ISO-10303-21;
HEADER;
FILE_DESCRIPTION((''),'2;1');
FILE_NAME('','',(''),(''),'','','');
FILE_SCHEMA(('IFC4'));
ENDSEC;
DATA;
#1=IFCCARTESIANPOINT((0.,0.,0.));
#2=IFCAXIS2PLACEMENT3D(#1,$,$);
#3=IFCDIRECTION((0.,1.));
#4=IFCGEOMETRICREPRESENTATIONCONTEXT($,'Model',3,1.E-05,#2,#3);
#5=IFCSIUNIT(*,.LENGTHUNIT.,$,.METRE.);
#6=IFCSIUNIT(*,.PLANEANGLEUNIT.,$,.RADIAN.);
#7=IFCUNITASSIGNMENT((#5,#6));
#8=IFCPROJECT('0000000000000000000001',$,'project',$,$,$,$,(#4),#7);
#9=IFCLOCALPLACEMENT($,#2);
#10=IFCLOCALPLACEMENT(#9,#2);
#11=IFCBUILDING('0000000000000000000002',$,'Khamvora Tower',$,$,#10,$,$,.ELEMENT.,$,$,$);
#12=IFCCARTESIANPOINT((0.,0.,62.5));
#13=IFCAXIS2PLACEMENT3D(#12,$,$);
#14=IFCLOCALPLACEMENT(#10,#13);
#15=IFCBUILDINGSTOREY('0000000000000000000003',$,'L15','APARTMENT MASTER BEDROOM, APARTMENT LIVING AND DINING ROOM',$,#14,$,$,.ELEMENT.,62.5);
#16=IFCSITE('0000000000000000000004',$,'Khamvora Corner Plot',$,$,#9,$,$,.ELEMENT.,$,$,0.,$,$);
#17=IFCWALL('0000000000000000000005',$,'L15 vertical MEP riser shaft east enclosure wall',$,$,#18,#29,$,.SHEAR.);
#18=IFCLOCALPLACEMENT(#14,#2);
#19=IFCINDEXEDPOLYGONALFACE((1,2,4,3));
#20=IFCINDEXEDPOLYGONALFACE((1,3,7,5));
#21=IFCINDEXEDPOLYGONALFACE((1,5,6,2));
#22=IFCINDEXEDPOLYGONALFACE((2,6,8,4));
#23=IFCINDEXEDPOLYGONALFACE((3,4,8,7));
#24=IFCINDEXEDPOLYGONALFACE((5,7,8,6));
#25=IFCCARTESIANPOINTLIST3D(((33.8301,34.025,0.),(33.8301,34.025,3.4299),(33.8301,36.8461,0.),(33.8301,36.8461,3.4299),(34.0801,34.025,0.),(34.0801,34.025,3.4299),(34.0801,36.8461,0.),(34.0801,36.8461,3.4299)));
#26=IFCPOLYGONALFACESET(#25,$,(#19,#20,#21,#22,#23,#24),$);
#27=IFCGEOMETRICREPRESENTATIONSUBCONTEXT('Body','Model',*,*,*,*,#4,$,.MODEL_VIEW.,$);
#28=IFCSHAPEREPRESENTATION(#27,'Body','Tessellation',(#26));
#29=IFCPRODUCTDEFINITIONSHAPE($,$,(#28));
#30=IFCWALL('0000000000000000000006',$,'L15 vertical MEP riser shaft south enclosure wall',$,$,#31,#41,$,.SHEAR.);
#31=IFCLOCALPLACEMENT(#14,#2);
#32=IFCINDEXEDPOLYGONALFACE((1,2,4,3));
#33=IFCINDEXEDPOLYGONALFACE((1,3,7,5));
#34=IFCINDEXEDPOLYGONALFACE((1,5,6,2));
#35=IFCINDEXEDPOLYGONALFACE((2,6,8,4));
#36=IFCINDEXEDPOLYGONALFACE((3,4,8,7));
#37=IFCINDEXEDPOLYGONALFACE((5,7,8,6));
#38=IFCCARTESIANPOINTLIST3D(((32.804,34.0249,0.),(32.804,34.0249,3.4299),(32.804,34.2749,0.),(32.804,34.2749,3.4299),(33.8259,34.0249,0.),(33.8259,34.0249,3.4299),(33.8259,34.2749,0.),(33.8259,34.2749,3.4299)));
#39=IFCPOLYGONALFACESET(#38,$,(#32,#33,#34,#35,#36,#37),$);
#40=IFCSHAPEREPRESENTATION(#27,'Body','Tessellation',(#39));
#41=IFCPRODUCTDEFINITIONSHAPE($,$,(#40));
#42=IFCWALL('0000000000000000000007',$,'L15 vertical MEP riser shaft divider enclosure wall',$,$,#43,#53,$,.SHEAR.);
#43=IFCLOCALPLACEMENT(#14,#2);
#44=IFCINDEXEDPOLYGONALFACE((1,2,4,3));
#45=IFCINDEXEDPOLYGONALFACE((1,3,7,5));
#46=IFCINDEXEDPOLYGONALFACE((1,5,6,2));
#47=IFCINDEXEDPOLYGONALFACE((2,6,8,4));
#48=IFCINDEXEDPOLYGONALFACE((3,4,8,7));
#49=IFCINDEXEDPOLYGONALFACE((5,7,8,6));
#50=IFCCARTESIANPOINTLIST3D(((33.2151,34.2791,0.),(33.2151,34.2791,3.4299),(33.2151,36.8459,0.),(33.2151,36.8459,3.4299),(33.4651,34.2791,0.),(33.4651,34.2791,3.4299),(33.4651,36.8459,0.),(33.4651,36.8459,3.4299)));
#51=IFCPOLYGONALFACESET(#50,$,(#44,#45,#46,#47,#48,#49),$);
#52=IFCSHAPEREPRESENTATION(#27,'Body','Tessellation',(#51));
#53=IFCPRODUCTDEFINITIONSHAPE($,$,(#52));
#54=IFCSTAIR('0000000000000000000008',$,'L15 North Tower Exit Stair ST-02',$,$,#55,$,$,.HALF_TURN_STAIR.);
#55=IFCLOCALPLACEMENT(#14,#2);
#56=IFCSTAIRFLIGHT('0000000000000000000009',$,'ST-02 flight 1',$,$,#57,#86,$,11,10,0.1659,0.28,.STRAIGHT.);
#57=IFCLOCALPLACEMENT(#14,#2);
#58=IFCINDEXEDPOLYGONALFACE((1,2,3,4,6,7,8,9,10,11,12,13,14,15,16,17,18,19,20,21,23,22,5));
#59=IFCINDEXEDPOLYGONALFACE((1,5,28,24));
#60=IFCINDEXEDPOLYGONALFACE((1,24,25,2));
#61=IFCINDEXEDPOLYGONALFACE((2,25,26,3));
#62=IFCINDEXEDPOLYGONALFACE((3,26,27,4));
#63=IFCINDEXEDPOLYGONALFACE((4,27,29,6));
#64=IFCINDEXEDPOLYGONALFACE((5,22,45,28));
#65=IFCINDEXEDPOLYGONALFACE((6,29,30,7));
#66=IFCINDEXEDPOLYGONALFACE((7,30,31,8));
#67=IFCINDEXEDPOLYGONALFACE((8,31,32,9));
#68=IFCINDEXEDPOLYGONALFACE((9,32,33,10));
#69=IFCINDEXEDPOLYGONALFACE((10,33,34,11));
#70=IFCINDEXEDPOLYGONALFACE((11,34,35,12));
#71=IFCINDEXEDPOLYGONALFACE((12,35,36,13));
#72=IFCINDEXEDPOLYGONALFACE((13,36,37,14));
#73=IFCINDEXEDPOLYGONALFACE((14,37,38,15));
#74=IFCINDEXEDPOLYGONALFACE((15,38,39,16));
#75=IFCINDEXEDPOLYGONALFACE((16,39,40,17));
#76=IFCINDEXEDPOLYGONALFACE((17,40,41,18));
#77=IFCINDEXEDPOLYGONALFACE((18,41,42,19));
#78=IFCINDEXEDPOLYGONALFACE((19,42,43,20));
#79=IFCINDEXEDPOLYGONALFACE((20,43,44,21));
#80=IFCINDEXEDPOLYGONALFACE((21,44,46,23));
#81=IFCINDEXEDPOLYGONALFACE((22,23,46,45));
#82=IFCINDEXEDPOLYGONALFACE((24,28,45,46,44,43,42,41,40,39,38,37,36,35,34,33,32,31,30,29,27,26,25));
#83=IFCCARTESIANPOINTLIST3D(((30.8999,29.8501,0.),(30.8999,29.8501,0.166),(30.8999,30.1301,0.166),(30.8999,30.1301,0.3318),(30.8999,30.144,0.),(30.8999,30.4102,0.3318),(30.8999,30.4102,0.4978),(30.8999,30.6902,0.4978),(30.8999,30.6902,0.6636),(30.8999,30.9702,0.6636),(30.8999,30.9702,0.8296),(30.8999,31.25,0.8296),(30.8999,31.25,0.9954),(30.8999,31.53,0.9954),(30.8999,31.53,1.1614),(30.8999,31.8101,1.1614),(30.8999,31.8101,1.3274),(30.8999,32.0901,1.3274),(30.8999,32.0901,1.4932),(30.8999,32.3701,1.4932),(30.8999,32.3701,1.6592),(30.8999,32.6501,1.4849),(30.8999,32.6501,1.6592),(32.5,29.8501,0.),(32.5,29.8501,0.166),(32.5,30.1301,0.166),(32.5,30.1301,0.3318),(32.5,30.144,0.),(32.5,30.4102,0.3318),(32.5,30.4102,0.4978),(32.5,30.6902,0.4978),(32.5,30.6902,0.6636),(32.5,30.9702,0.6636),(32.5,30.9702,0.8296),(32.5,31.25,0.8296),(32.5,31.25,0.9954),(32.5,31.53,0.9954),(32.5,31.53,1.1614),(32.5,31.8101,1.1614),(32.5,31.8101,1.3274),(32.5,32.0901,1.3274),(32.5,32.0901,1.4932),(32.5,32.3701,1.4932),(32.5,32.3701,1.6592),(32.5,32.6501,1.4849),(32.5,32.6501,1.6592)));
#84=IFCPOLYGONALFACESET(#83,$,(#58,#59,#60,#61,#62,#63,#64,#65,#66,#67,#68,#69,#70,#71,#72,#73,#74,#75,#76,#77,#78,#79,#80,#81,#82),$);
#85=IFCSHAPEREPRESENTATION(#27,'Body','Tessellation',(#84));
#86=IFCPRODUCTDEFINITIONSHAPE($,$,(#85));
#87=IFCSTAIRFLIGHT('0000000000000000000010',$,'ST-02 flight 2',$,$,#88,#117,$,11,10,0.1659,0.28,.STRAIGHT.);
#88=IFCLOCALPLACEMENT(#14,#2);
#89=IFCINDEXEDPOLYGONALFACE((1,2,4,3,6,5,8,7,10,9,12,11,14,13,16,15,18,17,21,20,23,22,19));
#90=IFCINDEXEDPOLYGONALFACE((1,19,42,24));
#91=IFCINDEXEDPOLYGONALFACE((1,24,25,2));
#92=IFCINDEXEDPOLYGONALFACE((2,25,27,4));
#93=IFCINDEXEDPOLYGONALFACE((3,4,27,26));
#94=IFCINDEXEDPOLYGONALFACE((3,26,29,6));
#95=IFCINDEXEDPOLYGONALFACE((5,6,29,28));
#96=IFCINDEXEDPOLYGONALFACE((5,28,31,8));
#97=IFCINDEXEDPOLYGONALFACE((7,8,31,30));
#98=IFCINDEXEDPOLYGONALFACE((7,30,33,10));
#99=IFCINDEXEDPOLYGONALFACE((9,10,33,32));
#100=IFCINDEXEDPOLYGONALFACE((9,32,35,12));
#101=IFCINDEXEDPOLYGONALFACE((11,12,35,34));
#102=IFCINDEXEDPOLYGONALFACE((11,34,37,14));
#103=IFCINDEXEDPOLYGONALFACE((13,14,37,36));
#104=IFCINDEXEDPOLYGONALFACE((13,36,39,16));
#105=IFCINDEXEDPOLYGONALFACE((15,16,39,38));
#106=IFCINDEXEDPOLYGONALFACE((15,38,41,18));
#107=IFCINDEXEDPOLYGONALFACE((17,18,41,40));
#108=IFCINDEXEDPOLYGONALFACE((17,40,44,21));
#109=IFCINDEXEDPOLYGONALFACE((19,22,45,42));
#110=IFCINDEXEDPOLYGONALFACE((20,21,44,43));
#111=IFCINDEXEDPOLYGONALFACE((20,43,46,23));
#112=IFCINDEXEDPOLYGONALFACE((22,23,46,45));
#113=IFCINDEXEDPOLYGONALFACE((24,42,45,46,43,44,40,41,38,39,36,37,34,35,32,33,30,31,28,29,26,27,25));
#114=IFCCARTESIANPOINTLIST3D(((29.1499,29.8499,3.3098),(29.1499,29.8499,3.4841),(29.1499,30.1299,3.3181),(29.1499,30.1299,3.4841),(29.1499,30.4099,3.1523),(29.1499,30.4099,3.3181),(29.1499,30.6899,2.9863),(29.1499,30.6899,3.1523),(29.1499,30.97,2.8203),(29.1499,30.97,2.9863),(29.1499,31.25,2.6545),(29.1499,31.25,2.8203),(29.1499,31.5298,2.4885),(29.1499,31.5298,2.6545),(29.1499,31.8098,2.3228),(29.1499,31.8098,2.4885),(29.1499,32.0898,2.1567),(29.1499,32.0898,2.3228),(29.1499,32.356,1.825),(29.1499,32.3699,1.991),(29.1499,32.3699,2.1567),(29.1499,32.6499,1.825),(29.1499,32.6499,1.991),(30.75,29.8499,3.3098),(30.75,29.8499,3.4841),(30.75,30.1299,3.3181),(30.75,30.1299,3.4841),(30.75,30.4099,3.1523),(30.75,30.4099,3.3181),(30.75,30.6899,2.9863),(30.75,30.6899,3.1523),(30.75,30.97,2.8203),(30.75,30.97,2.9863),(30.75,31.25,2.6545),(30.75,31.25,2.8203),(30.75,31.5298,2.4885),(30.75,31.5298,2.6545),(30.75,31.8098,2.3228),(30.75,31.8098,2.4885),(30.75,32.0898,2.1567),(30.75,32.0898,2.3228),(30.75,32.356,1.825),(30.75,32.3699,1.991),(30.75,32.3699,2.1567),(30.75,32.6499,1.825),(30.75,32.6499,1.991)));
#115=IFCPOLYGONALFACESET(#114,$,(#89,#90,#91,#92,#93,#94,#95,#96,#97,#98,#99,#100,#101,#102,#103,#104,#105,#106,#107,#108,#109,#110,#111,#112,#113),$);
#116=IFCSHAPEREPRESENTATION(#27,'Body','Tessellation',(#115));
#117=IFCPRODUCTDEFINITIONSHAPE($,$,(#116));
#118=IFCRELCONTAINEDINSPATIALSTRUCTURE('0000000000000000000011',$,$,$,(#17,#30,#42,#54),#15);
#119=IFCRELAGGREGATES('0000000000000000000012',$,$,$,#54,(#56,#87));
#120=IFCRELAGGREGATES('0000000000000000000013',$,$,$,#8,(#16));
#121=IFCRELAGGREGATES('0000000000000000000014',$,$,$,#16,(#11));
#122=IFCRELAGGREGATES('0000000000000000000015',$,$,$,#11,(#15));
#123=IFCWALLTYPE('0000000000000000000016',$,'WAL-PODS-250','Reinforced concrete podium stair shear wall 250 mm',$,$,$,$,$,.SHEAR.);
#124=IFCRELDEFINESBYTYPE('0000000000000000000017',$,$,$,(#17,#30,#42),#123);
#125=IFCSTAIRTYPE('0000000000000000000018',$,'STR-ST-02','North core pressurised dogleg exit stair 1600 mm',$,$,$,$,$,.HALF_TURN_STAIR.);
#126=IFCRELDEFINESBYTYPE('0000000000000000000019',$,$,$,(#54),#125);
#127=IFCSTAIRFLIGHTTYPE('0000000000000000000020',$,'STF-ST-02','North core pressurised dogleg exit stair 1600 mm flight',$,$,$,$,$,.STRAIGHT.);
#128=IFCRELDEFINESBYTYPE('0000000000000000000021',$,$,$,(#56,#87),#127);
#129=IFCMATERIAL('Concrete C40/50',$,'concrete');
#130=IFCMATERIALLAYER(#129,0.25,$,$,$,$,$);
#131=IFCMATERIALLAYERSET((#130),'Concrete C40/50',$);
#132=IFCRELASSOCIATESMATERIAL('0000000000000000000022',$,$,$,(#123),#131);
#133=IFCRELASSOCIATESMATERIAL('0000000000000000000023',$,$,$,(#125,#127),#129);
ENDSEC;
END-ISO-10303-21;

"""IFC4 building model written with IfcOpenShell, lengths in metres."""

from ifc_helpers import new_model, si_unit, direction, frame, frame_2d, origin, place, context, subcontext, project, spatial, polyline, rectangle, outline, extrude, material, layer, layer_set, type_object, element, aggregate, save


model = new_model("IFC4")

# Units and contexts
model_context = context("Model", 3, precision=1e-05, world=origin(), true_north=direction((0.0, 1.0)))
body_context = subcontext(model_context, "Body", "Model", "MODEL_VIEW")
ifc_project = project(units=[si_unit("LENGTHUNIT", "METRE"), si_unit("PLANEANGLEUNIT", "RADIAN")], contexts=[model_context])

# Site, building, storey
site_placement = place(None, origin())
site = spatial("IfcSite", under=ifc_project, at=site_placement, Name="Khamvora Corner Plot", CompositionType="ELEMENT", RefElevation=0.0)
building_placement = place(site_placement, origin())
building = spatial("IfcBuilding", under=site, at=building_placement, Name="Khamvora Tower", CompositionType="ELEMENT")
storey_placement = place(building_placement, frame((0.0, 0.0, 62.5)))
storey = spatial("IfcBuildingStorey", under=building, at=storey_placement, Name="L15", Description="APARTMENT MASTER BEDROOM, APARTMENT LIVING AND DINING ROOM", CompositionType="ELEMENT", Elevation=62.5)

# Walls
ifc_material_1 = material(Name="Concrete C40/50", Category="concrete")
ifc_layer_1 = layer(ifc_material_1, 0.25)
ifc_layer_set_1 = layer_set([ifc_layer_1], Name="Concrete C40/50")
wall_type_1 = type_object("IfcWallType", Name="WAL-PODS-250", Description="Reinforced concrete podium stair shear wall 250 mm", PredefinedType="SHEAR", material=ifc_layer_set_1)
wall_1_placement = place(storey_placement, frame((33.9551, 34.0249, 0.0), z_axis=(0.0, 0.0, 1.0), x_axis=(0.0, 1.0, 0.0)))
element("IfcWall", 1, at=wall_1_placement, inside=storey, type_object=wall_type_1, Name="L15 vertical MEP riser shaft east enclosure wall", PredefinedType="SHEAR", context=body_context, shape_type="SweptSolid", body=[
    extrude(rectangle(XDim=2.821, YDim=0.25, at=frame_2d((1.4106, 0.0))), origin(), (0.0, 0.0, 1.0), 3.4299),
])
wall_2_placement = place(storey_placement, frame((32.804, 34.1499, 0.0), z_axis=(0.0, 0.0, 1.0), x_axis=(1.0, 0.0, 0.0)))
element("IfcWall", 2, at=wall_2_placement, inside=storey, type_object=wall_type_1, Name="L15 vertical MEP riser shaft south enclosure wall", PredefinedType="SHEAR", context=body_context, shape_type="SweptSolid", body=[
    extrude(rectangle(XDim=1.022, YDim=0.25, at=frame_2d((0.511, 0.0))), origin(), (0.0, 0.0, 1.0), 3.4299),
])
wall_3_placement = place(storey_placement, frame((33.3401, 34.2791, 0.0), z_axis=(0.0, 0.0, 1.0), x_axis=(0.0, 1.0, 0.0)))
element("IfcWall", 3, at=wall_3_placement, inside=storey, type_object=wall_type_1, Name="L15 vertical MEP riser shaft divider enclosure wall", PredefinedType="SHEAR", context=body_context, shape_type="SweptSolid", body=[
    extrude(rectangle(XDim=2.5669, YDim=0.25, at=frame_2d((1.2834, 0.0))), origin(), (0.0, 0.0, 1.0), 3.4299),
])

# Stair, stair flights
stair_type = type_object("IfcStairType", Name="STR-ST-02", Description="North core pressurised dogleg exit stair 1600 mm", PredefinedType="HALF_TURN_STAIR", material=ifc_material_1)
stair_placement = place(storey_placement, origin())
stair = element("IfcStair", 4, at=stair_placement, inside=storey, type_object=stair_type, Name="L15 North Tower Exit Stair ST-02", PredefinedType="HALF_TURN_STAIR")
stair_flight_type = type_object("IfcStairFlightType", Name="STF-ST-02", Description="North core pressurised dogleg exit stair 1600 mm flight", PredefinedType="STRAIGHT", material=ifc_material_1)
stair_flight_1_placement = place(storey_placement, frame((31.7, 29.8501, 0.0), z_axis=(0.0, 0.0, 1.0), x_axis=(0.0, 1.0, 0.0)))
stair_flight_1 = element("IfcStairFlight", 5, at=stair_flight_1_placement, type_object=stair_flight_type, Name="ST-02 flight 1", NumberOfRisers=11, NumberOfTreads=10, PredefinedType="STRAIGHT", RiserHeight=0.1659, TreadLength=0.28, context=body_context, shape_type="SweptSolid", body=[
    extrude(outline(polyline([(0.0, 0.0), (0.0, 0.166), (0.28, 0.166), (0.28, 0.3318), (0.5601, 0.3318), (0.5601, 0.4978), (0.8401, 0.4978), (0.8401, 0.6636), (1.1201, 0.6636), (1.1201, 0.8296), (1.3999, 0.8296), (1.3999, 0.9954), (1.6799, 0.9954), (1.6799, 1.1614), (1.96, 1.1614), (1.96, 1.3274), (2.24, 1.3274), (2.24, 1.4932), (2.52, 1.4932), (2.52, 1.6592), (2.8, 1.6592), (2.8, 1.825), (2.8, 1.4849), (0.2939, 0.0), (0.0, 0.0)])), frame((0.0, 0.8, 0.0), z_axis=(0.0, -1.0, 0.0), x_axis=(1.0, 0.0, 0.0)), (0.0, 0.0, 1.0), 1.6001),
])
stair_flight_2_placement = place(storey_placement, frame((29.95, 32.6499, 1.825), z_axis=(0.0, 0.0, 1.0), x_axis=(0.0, -1.0, 0.0)))
stair_flight_2 = element("IfcStairFlight", 6, at=stair_flight_2_placement, type_object=stair_flight_type, Name="ST-02 flight 2", NumberOfRisers=11, NumberOfTreads=10, PredefinedType="STRAIGHT", RiserHeight=0.1659, TreadLength=0.28, context=body_context, shape_type="SweptSolid", body=[
    extrude(outline(polyline([(0.0, 0.0), (0.0, 0.166), (0.28, 0.166), (0.28, 0.3318), (0.5601, 0.3318), (0.5601, 0.4978), (0.8401, 0.4978), (0.8401, 0.6636), (1.1201, 0.6636), (1.1201, 0.8296), (1.3999, 0.8296), (1.3999, 0.9954), (1.6799, 0.9954), (1.6799, 1.1614), (1.96, 1.1614), (1.96, 1.3274), (2.24, 1.3274), (2.24, 1.4932), (2.52, 1.4932), (2.52, 1.6592), (2.8, 1.6592), (2.8, 1.825), (2.8, 1.4849), (0.2939, 0.0), (0.0, 0.0)])), frame((0.0, 0.8, 0.0), z_axis=(0.0, -1.0, 0.0), x_axis=(1.0, 0.0, 0.0)), (0.0, 0.0, 1.0), 1.6001),
])
aggregate(stair, [stair_flight_1, stair_flight_2])

save(model, "model.ifc")
